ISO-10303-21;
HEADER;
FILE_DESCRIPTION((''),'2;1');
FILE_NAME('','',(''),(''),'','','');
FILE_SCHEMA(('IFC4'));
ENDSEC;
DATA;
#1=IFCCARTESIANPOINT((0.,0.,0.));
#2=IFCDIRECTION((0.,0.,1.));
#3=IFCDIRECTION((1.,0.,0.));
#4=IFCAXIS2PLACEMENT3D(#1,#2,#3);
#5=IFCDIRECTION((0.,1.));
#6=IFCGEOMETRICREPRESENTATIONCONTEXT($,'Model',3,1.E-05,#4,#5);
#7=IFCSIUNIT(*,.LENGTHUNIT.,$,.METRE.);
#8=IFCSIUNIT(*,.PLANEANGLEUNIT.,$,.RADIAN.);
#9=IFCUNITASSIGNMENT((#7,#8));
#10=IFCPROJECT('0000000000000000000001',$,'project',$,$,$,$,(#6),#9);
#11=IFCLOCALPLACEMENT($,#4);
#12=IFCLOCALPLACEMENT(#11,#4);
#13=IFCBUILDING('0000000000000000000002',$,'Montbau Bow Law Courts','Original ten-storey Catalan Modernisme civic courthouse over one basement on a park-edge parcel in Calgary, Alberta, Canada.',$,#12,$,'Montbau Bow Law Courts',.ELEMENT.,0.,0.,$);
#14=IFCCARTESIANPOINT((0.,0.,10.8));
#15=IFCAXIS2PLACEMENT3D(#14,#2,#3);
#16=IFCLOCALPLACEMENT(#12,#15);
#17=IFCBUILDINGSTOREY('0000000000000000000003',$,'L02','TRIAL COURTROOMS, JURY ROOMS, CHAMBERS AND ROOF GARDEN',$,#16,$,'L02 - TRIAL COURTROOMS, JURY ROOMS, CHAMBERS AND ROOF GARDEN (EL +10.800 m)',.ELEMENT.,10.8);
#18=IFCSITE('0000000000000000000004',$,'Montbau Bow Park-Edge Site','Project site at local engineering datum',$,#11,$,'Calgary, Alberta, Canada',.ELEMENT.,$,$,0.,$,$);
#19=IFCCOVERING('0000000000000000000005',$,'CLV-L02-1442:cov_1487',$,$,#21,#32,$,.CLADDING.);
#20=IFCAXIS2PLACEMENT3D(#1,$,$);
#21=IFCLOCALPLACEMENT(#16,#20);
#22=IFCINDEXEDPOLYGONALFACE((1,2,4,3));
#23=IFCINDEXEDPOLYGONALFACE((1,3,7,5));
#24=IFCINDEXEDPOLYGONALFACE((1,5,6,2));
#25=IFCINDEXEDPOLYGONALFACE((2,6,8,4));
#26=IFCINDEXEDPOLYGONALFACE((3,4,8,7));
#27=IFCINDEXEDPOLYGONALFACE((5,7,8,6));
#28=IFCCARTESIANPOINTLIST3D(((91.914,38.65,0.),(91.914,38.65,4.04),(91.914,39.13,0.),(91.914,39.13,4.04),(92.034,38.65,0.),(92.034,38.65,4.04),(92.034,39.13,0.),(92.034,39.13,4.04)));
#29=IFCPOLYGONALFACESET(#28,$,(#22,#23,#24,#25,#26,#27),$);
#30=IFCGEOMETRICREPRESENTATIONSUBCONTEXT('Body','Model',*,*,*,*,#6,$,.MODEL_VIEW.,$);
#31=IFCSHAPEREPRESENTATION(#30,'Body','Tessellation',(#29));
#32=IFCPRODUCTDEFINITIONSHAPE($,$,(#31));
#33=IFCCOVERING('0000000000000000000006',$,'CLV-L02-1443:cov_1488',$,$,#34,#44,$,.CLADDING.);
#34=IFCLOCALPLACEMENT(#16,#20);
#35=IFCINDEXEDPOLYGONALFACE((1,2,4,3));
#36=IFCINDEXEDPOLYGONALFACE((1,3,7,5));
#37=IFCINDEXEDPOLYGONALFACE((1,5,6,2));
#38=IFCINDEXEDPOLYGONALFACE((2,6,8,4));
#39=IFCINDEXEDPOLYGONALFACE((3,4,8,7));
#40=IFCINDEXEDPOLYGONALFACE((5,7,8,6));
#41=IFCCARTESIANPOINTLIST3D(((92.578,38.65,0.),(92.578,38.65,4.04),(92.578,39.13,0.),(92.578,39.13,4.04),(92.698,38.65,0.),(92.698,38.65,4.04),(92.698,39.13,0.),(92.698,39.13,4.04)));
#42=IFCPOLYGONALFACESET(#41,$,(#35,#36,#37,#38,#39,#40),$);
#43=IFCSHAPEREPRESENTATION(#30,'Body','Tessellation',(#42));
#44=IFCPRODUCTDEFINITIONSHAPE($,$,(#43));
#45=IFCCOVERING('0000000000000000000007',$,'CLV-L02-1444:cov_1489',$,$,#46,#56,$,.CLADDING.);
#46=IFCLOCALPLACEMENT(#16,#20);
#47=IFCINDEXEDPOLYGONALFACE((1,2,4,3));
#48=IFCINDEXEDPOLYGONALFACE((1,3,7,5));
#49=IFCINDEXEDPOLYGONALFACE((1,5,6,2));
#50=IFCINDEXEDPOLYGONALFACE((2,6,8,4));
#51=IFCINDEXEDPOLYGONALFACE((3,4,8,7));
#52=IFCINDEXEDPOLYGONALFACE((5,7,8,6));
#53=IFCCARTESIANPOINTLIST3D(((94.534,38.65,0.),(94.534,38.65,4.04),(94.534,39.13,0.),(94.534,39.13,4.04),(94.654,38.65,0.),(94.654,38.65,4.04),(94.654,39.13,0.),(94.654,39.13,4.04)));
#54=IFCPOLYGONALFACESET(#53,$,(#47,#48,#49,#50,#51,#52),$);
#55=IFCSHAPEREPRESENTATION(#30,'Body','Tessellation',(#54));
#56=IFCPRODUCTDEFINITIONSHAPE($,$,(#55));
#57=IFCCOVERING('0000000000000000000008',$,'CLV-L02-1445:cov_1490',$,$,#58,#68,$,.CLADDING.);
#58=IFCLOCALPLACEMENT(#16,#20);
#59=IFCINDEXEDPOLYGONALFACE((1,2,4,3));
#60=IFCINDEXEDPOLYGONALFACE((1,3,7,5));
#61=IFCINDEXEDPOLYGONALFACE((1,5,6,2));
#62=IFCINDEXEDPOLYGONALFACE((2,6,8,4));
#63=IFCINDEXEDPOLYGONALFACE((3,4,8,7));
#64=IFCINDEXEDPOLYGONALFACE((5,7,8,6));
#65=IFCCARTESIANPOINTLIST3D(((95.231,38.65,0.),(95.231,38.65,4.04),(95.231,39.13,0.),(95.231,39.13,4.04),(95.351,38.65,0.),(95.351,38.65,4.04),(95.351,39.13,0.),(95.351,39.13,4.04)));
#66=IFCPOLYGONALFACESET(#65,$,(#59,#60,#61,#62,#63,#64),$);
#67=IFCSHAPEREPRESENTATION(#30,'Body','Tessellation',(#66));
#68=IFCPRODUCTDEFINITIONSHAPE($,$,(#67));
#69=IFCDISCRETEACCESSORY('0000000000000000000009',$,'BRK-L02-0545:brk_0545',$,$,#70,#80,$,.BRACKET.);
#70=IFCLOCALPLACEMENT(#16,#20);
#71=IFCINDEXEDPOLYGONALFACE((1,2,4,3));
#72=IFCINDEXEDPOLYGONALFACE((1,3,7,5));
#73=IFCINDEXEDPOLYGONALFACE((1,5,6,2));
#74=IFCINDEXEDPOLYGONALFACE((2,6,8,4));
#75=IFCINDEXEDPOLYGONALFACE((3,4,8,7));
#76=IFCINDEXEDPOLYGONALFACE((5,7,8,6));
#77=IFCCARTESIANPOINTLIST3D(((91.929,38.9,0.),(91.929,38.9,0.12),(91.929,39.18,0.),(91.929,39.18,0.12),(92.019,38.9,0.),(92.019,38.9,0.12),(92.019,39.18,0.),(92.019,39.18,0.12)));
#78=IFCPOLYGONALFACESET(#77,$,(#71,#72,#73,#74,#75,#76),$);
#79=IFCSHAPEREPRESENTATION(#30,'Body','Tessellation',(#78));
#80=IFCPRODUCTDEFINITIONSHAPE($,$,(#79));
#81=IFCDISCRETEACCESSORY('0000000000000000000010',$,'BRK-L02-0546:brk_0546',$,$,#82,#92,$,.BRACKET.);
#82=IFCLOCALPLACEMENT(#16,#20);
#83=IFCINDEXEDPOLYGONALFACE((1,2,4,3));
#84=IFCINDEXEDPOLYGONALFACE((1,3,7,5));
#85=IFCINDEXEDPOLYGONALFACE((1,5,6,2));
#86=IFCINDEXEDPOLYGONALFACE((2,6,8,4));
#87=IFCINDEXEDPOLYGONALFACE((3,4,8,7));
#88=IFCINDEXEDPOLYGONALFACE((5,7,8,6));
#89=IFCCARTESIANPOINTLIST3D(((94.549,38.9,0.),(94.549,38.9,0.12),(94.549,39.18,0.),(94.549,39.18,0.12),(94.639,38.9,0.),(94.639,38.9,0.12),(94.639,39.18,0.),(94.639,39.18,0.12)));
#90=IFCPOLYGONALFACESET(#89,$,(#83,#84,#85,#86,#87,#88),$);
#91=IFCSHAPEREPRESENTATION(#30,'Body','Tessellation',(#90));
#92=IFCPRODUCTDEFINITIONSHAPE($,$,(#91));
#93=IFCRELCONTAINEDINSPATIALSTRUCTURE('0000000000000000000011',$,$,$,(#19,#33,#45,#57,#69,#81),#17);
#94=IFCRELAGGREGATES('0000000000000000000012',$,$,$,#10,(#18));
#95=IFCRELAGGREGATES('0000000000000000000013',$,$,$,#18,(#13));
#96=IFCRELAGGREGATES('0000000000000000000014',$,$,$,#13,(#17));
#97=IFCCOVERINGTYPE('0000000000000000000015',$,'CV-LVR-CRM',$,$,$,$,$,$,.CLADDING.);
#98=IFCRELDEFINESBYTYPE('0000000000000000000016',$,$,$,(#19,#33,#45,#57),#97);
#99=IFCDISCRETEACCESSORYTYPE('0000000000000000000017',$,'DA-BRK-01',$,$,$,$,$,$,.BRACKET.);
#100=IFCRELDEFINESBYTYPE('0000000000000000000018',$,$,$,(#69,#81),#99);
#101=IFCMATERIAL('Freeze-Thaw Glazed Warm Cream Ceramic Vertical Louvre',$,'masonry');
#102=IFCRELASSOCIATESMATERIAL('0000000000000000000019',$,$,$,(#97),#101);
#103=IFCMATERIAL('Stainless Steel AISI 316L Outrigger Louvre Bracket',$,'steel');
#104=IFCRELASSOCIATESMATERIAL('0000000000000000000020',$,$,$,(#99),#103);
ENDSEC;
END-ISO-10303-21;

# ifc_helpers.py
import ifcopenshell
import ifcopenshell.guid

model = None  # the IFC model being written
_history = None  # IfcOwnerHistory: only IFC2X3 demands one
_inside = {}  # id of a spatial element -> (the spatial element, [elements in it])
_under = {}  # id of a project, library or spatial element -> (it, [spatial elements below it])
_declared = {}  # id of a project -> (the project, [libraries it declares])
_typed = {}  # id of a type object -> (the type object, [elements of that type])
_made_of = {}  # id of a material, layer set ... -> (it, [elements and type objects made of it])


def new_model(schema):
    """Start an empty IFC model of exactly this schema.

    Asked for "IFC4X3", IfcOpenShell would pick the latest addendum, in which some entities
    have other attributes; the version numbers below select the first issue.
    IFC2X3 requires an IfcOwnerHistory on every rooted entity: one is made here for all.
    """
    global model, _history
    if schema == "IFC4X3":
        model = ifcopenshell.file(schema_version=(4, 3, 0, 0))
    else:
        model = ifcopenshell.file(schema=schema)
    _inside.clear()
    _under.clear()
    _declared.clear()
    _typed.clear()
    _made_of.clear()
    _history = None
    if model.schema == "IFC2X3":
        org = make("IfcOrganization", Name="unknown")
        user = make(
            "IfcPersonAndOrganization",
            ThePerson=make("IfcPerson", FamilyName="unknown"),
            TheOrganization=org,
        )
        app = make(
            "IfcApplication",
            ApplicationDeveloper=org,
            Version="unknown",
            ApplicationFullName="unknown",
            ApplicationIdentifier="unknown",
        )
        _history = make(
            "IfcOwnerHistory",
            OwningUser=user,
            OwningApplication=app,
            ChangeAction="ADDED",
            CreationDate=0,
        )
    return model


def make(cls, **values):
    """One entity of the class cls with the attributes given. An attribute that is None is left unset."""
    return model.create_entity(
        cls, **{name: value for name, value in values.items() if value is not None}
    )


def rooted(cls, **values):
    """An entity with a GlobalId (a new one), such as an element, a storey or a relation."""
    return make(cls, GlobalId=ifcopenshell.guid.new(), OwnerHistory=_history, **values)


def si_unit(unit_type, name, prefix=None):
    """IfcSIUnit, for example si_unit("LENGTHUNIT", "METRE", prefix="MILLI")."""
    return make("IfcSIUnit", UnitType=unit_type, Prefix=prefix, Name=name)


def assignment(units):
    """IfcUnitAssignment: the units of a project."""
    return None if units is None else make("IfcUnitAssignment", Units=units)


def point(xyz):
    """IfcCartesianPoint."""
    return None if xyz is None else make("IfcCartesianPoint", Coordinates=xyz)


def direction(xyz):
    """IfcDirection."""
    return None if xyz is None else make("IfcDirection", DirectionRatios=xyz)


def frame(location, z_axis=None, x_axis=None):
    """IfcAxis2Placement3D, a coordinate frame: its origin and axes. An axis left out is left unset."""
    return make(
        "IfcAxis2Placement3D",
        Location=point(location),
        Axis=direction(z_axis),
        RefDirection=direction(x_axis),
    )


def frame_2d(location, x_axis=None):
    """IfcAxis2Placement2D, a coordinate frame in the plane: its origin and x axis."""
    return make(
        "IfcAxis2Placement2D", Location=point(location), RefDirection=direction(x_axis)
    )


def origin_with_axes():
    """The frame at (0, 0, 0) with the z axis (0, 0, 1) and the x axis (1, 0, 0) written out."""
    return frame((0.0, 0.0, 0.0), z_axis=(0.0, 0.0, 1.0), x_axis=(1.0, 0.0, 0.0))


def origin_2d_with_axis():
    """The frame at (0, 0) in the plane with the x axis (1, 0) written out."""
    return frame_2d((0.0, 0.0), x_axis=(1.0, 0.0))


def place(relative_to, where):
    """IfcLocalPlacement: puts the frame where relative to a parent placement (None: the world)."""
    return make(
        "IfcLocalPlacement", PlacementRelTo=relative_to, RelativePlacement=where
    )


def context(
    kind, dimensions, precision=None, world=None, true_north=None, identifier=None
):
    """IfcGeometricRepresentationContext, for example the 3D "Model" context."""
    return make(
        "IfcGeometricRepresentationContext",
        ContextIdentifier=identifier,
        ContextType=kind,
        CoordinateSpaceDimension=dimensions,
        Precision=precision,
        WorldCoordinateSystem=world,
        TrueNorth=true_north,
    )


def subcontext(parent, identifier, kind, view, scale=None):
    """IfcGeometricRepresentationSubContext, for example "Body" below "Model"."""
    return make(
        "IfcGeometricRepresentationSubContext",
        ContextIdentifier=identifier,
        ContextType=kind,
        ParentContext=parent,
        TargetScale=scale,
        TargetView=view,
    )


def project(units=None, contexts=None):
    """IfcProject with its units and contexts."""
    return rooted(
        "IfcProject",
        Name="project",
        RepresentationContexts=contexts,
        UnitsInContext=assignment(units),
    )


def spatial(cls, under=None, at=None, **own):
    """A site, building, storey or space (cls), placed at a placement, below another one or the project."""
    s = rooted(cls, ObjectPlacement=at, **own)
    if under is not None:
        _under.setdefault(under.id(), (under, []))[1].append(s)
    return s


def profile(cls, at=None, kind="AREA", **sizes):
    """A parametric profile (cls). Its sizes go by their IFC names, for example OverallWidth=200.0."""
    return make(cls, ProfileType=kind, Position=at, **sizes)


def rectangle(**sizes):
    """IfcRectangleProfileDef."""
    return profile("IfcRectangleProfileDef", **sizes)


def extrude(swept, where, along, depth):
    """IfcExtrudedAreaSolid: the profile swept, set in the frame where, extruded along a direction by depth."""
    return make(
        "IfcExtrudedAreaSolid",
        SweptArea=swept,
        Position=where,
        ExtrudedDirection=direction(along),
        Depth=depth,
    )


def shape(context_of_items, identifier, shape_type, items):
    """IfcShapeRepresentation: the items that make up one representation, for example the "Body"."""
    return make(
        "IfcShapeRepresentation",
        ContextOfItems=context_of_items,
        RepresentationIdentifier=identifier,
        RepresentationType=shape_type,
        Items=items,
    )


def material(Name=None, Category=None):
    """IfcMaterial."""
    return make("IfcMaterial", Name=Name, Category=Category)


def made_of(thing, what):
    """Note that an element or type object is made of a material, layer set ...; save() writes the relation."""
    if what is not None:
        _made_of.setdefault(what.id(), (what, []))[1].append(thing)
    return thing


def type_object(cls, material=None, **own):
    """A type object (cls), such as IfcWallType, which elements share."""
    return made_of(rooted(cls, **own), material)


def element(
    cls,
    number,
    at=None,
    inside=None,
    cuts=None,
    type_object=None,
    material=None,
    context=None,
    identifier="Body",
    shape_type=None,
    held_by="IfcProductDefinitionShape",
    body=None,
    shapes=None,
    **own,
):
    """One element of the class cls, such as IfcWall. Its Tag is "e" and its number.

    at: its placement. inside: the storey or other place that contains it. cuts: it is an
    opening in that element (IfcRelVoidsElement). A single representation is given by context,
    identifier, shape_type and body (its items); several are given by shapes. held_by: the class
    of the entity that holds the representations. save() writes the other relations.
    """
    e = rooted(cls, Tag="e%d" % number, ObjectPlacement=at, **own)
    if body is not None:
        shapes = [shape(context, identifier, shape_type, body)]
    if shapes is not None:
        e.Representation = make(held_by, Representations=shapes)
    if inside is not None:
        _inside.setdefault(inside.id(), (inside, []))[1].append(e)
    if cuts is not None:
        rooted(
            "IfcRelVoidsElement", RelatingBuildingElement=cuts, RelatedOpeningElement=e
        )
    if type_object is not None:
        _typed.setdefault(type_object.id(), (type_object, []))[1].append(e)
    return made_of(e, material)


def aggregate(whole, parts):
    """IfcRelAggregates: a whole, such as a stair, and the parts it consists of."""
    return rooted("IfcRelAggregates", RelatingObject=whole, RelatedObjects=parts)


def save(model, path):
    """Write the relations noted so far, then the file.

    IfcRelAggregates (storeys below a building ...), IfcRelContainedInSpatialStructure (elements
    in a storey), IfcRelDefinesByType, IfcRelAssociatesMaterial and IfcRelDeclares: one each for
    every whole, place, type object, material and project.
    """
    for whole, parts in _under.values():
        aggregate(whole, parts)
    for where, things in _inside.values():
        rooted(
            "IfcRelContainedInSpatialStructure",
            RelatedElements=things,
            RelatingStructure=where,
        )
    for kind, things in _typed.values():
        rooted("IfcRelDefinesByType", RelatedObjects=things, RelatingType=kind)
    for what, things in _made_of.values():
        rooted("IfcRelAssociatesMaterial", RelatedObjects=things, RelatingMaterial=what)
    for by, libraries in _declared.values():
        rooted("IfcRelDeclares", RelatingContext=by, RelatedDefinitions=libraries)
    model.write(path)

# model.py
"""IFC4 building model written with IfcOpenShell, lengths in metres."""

from ifc_helpers import new_model, si_unit, direction, frame, frame_2d, origin_with_axes, origin_2d_with_axis, place, context, subcontext, project, spatial, rectangle, extrude, material, type_object, element, save


model = new_model("IFC4")

# Units and contexts
model_context = context("Model", 3, precision=1e-05, world=origin_with_axes(), true_north=direction((0.0, 1.0)))
body_context = subcontext(model_context, "Body", "Model", "MODEL_VIEW")
ifc_project = project(units=[si_unit("LENGTHUNIT", "METRE"), si_unit("PLANEANGLEUNIT", "RADIAN")], contexts=[model_context])

# Site, building, storey
site_placement = place(None, origin_with_axes())
site = spatial("IfcSite", under=ifc_project, at=site_placement, Name="Montbau Bow Park-Edge Site", Description="Project site at local engineering datum", LongName="Calgary, Alberta, Canada", CompositionType="ELEMENT", RefElevation=0.0)
building_placement = place(site_placement, origin_with_axes())
building = spatial("IfcBuilding", under=site, at=building_placement, Name="Montbau Bow Law Courts", Description="Original ten-storey Catalan Modernisme civic courthouse over one basement on a park-edge parcel in Calgary, Alberta, Canada.", LongName="Montbau Bow Law Courts", CompositionType="ELEMENT", ElevationOfRefHeight=0.0, ElevationOfTerrain=0.0)
storey_placement = place(building_placement, frame((0.0, 0.0, 10.8), z_axis=(0.0, 0.0, 1.0), x_axis=(1.0, 0.0, 0.0)))
storey = spatial("IfcBuildingStorey", under=building, at=storey_placement, Name="L02", Description="TRIAL COURTROOMS, JURY ROOMS, CHAMBERS AND ROOF GARDEN", LongName="L02 - TRIAL COURTROOMS, JURY ROOMS, CHAMBERS AND ROOF GARDEN (EL +10.800 m)", CompositionType="ELEMENT", Elevation=10.8)

# Coverings
ifc_material_1 = material(Name="Freeze-Thaw Glazed Warm Cream Ceramic Vertical Louvre", Category="masonry")
covering_type = type_object("IfcCoveringType", Name="CV-LVR-CRM", PredefinedType="CLADDING", material=ifc_material_1)
for number, where, z_axis, x_axis, name in (
    (1, (91.974, 39.13, 10.8), (-1.0, 0.0, 0.0), (0.0, -1.0, 0.0), "CLV-L02-1442:cov_1487"),
    (2, (92.638, 39.13, 10.8), (-1.0, 0.0, 0.0), (0.0, -1.0, 0.0), "CLV-L02-1443:cov_1488"),
    (3, (94.594, 39.13, 10.8), (-1.0, 0.0, 0.0), (0.0, -1.0, 0.0), "CLV-L02-1444:cov_1489"),
    (4, (95.291, 39.13, 10.8), (-1.0, 0.0, 0.0), (0.0, -1.0, 0.0), "CLV-L02-1445:cov_1490"),
):
    element("IfcCovering", number, at=place(None, frame(where, z_axis=z_axis, x_axis=x_axis)), inside=storey, type_object=covering_type, Name=name, PredefinedType="CLADDING", context=body_context, shape_type="SweptSolid", body=[
        extrude(rectangle(XDim=0.48, YDim=4.04, at=frame_2d((0.24, 2.02), x_axis=(1.0, 0.0))), frame((0.0, 0.0, -0.06), z_axis=(0.0, 0.0, 1.0), x_axis=(1.0, 0.0, 0.0)), (0.0, 0.0, 1.0), 0.12),
    ])

# Discrete accessories
ifc_material_2 = material(Name="Stainless Steel AISI 316L Outrigger Louvre Bracket", Category="steel")
discrete_accessory_type = type_object("IfcDiscreteAccessoryType", Name="DA-BRK-01", PredefinedType="BRACKET", material=ifc_material_2)
for number, where, z_axis, x_axis, name in (
    (5, (91.974, 39.04, 10.8), (0.0, 0.0, 1.0), (0.0, -1.0, 0.0), "BRK-L02-0545:brk_0545"),
    (6, (94.594, 39.04, 10.8), (0.0, 0.0, 1.0), (0.0, -1.0, 0.0), "BRK-L02-0546:brk_0546"),
):
    element("IfcDiscreteAccessory", number, at=place(None, frame(where, z_axis=z_axis, x_axis=x_axis)), inside=storey, type_object=discrete_accessory_type, Name=name, PredefinedType="BRACKET", context=body_context, shape_type="SweptSolid", body=[
        extrude(rectangle(XDim=0.28, YDim=0.09, at=origin_2d_with_axis()), origin_with_axes(), (0.0, 0.0, 1.0), 0.12),
    ])

save(model, "model.ifc")
